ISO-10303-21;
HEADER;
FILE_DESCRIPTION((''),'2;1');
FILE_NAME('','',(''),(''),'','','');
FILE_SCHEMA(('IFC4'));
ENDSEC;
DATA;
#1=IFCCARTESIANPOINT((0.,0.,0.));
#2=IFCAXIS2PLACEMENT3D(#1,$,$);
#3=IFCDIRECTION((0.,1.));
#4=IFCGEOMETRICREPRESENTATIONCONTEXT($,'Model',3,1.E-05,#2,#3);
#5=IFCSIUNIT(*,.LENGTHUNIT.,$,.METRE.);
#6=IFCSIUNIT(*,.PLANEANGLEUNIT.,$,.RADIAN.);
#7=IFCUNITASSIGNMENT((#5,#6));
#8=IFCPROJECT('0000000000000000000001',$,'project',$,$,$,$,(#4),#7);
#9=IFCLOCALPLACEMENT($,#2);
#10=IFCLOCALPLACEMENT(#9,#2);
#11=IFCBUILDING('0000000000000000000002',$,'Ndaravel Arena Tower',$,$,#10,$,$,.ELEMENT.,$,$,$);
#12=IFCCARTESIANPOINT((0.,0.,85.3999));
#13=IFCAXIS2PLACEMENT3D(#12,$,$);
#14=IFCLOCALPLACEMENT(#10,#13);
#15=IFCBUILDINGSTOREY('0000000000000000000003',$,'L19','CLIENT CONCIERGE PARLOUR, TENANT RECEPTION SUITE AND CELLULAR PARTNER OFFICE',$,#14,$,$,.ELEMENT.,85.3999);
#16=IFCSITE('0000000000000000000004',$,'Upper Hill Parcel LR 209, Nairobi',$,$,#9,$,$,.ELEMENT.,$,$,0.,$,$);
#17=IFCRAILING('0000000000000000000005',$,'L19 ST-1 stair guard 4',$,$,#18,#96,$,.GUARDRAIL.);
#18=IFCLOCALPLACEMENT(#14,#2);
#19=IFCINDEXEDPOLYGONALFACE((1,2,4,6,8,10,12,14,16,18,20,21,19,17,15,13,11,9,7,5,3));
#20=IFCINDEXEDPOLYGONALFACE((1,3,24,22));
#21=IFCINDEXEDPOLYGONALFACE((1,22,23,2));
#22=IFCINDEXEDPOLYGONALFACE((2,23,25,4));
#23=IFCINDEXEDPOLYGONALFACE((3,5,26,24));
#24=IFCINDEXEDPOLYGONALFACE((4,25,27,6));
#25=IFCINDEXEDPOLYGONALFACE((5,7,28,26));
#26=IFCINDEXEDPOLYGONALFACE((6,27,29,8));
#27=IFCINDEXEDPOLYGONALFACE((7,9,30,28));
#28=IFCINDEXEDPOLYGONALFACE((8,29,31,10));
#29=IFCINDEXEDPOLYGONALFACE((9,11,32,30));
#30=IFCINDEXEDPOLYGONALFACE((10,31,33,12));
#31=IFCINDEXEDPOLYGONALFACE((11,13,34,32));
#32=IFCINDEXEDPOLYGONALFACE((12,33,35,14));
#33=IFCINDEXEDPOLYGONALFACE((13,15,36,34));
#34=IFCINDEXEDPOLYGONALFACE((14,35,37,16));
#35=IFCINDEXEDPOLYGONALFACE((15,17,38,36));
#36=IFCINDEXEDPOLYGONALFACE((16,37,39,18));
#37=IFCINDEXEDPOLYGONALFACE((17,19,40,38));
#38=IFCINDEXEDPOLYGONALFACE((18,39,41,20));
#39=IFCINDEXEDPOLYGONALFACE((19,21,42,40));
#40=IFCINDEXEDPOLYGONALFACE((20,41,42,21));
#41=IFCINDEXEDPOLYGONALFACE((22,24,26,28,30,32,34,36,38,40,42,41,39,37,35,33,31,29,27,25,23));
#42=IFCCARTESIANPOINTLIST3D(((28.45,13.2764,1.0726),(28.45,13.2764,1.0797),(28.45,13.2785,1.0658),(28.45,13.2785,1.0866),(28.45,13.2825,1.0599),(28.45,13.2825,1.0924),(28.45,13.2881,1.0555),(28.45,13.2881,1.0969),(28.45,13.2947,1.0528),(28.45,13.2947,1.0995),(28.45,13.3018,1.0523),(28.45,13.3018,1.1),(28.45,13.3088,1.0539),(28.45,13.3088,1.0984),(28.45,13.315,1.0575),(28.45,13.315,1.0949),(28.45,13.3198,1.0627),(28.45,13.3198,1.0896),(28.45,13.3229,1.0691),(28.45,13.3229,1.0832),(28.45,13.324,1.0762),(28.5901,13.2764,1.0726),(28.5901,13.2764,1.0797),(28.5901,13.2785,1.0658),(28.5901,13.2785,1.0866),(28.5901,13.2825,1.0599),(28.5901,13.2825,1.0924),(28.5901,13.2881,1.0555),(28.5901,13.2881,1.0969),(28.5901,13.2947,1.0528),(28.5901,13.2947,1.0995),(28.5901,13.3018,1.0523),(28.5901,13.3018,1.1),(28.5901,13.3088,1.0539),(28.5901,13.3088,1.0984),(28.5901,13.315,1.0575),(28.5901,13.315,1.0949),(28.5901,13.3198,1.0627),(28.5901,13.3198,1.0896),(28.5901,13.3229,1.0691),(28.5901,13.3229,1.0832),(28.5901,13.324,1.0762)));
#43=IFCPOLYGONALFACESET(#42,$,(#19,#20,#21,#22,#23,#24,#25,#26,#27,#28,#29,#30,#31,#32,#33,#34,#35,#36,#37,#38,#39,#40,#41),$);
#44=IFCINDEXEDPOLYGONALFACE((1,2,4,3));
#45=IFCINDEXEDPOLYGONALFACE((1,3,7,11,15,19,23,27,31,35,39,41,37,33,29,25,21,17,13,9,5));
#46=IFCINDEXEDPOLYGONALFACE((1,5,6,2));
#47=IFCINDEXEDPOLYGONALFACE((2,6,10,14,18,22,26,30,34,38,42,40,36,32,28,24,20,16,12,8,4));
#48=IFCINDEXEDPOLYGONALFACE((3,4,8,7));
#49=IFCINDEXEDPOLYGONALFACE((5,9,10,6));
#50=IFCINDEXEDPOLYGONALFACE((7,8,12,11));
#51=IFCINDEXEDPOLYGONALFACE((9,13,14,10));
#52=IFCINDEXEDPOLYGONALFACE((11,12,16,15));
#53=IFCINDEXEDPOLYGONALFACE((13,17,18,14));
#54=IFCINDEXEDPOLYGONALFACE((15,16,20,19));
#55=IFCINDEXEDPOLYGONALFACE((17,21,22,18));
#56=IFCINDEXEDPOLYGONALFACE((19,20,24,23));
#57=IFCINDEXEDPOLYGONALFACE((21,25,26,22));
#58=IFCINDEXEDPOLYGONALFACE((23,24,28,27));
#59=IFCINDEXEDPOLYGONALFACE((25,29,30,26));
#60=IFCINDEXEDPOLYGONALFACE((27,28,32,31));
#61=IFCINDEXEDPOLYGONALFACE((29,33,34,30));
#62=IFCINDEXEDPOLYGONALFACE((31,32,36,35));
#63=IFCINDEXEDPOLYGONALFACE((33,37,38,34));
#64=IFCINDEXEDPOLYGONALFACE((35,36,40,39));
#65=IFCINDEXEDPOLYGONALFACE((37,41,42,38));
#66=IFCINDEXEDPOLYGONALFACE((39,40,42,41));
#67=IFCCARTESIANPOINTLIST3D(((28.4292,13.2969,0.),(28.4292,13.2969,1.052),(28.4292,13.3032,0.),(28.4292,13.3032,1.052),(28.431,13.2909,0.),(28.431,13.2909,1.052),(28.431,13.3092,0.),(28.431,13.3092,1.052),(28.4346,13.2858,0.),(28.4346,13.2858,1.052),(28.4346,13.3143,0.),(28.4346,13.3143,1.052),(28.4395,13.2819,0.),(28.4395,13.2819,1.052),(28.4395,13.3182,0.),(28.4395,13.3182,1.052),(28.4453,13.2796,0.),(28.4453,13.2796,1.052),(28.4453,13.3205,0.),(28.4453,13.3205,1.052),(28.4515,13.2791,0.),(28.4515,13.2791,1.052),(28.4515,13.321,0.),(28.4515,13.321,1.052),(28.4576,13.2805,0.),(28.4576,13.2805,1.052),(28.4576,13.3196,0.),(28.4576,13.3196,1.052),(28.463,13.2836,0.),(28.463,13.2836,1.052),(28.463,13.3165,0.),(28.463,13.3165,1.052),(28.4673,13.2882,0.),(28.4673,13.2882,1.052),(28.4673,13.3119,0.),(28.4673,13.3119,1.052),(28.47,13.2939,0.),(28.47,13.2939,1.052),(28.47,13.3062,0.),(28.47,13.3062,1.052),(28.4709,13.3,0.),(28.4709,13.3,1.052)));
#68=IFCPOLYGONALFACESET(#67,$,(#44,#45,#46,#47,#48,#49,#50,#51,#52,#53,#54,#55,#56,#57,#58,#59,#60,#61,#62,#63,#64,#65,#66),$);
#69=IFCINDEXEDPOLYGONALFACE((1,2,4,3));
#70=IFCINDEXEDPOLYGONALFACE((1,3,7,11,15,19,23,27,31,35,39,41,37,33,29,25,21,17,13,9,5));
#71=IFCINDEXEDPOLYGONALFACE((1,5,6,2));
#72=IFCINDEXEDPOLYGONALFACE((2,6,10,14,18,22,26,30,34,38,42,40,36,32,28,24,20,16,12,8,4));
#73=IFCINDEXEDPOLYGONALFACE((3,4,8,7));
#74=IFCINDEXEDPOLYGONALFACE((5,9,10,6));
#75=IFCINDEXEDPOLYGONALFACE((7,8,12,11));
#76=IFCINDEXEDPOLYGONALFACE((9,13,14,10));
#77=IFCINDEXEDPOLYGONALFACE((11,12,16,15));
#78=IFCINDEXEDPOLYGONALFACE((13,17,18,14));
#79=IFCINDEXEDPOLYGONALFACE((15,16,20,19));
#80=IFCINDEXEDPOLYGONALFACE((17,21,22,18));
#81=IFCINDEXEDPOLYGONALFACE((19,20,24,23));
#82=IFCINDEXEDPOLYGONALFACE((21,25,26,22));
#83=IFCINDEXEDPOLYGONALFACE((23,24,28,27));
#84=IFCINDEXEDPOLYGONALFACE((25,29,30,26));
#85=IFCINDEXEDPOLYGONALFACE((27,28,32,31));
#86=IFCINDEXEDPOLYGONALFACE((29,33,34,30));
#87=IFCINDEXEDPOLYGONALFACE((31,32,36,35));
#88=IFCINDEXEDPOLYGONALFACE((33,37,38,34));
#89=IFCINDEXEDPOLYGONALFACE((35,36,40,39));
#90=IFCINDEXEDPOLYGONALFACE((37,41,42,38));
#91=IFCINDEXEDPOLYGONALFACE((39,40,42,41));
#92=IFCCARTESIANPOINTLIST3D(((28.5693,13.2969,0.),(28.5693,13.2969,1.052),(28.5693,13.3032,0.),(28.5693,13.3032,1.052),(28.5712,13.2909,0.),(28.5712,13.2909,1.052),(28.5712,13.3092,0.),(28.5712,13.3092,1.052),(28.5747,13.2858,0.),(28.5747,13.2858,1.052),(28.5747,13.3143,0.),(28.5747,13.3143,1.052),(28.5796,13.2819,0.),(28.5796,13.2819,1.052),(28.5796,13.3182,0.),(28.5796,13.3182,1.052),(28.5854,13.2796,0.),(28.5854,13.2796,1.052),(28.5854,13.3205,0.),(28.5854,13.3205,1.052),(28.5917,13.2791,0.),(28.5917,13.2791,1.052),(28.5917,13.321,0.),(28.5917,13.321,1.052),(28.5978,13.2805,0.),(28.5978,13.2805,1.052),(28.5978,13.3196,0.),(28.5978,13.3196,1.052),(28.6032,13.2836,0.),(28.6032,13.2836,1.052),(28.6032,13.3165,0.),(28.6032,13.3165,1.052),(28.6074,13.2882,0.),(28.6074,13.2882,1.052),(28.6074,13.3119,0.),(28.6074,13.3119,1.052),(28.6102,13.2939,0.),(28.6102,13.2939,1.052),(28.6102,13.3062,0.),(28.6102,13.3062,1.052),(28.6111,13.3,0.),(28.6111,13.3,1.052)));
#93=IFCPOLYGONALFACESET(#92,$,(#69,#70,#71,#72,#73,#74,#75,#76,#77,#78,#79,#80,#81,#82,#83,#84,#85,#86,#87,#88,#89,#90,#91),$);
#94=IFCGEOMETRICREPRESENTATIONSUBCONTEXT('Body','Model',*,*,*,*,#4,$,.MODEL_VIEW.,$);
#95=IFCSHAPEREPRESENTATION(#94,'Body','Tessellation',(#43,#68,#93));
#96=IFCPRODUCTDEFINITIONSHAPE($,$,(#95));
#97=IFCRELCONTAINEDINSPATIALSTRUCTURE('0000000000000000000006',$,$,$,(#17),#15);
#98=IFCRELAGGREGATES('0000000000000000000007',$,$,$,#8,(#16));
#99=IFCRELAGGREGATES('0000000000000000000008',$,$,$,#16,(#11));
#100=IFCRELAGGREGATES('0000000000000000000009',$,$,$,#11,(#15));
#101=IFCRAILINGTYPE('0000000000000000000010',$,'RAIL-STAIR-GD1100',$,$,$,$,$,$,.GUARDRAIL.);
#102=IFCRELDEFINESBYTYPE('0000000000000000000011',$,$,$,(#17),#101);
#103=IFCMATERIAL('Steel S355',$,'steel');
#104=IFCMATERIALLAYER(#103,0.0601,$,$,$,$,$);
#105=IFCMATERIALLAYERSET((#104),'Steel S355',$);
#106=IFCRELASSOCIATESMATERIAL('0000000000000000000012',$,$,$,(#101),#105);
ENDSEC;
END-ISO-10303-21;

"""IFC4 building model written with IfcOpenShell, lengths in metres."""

from ifc_helpers import new_model, si_unit, direction, frame, origin, origin_2d, place, context, subcontext, project, spatial, circle, extrude, material, layer, layer_set, type_object, element, save


model = new_model("IFC4")

# Units and contexts
model_context = context("Model", 3, precision=1e-05, world=origin(), true_north=direction((0.0, 1.0)))
body_context = subcontext(model_context, "Body", "Model", "MODEL_VIEW")
ifc_project = project(units=[si_unit("LENGTHUNIT", "METRE"), si_unit("PLANEANGLEUNIT", "RADIAN")], contexts=[model_context])

# Site, building, storey
site_placement = place(None, origin())
site = spatial("IfcSite", under=ifc_project, at=site_placement, Name="Upper Hill Parcel LR 209, Nairobi", CompositionType="ELEMENT", RefElevation=0.0)
building_placement = place(site_placement, origin())
building = spatial("IfcBuilding", under=site, at=building_placement, Name="Ndaravel Arena Tower", CompositionType="ELEMENT")
storey_placement = place(building_placement, frame((0.0, 0.0, 85.3999)))
storey = spatial("IfcBuildingStorey", under=building, at=storey_placement, Name="L19", Description="CLIENT CONCIERGE PARLOUR, TENANT RECEPTION SUITE AND CELLULAR PARTNER OFFICE", CompositionType="ELEMENT", Elevation=85.3999)

# Railing
ifc_material_1 = material(Name="Steel S355", Category="steel")
ifc_layer_1 = layer(ifc_material_1, 0.0601)
ifc_layer_set_1 = layer_set([ifc_layer_1], Name="Steel S355")
railing_type_1 = type_object("IfcRailingType", Name="RAIL-STAIR-GD1100", PredefinedType="GUARDRAIL", material=ifc_layer_set_1)
railing_1_placement = place(storey_placement, frame((28.45, 13.3, 0.0)))
element("IfcRailing", 1, at=railing_1_placement, inside=storey, type_object=railing_type_1, Name="L19 ST-1 stair guard 4", PredefinedType="GUARDRAIL", context=body_context, shape_type="SweptSolid", body=[
    extrude(circle(Radius=0.0239, at=origin_2d()), frame((0.0, 0.0, 1.0762), z_axis=(1.0, 0.0, 0.0), x_axis=(0.0, 1.0, 0.0)), (0.0, 0.0, 1.0), 0.1401),
    extrude(circle(Radius=0.021, at=origin_2d()), origin(), (0.0, 0.0, 1.0), 1.052),
    extrude(circle(Radius=0.021, at=origin_2d()), frame((0.1401, 0.0, 0.0)), (0.0, 0.0, 1.0), 1.052),
])

save(model, "model.ifc")
